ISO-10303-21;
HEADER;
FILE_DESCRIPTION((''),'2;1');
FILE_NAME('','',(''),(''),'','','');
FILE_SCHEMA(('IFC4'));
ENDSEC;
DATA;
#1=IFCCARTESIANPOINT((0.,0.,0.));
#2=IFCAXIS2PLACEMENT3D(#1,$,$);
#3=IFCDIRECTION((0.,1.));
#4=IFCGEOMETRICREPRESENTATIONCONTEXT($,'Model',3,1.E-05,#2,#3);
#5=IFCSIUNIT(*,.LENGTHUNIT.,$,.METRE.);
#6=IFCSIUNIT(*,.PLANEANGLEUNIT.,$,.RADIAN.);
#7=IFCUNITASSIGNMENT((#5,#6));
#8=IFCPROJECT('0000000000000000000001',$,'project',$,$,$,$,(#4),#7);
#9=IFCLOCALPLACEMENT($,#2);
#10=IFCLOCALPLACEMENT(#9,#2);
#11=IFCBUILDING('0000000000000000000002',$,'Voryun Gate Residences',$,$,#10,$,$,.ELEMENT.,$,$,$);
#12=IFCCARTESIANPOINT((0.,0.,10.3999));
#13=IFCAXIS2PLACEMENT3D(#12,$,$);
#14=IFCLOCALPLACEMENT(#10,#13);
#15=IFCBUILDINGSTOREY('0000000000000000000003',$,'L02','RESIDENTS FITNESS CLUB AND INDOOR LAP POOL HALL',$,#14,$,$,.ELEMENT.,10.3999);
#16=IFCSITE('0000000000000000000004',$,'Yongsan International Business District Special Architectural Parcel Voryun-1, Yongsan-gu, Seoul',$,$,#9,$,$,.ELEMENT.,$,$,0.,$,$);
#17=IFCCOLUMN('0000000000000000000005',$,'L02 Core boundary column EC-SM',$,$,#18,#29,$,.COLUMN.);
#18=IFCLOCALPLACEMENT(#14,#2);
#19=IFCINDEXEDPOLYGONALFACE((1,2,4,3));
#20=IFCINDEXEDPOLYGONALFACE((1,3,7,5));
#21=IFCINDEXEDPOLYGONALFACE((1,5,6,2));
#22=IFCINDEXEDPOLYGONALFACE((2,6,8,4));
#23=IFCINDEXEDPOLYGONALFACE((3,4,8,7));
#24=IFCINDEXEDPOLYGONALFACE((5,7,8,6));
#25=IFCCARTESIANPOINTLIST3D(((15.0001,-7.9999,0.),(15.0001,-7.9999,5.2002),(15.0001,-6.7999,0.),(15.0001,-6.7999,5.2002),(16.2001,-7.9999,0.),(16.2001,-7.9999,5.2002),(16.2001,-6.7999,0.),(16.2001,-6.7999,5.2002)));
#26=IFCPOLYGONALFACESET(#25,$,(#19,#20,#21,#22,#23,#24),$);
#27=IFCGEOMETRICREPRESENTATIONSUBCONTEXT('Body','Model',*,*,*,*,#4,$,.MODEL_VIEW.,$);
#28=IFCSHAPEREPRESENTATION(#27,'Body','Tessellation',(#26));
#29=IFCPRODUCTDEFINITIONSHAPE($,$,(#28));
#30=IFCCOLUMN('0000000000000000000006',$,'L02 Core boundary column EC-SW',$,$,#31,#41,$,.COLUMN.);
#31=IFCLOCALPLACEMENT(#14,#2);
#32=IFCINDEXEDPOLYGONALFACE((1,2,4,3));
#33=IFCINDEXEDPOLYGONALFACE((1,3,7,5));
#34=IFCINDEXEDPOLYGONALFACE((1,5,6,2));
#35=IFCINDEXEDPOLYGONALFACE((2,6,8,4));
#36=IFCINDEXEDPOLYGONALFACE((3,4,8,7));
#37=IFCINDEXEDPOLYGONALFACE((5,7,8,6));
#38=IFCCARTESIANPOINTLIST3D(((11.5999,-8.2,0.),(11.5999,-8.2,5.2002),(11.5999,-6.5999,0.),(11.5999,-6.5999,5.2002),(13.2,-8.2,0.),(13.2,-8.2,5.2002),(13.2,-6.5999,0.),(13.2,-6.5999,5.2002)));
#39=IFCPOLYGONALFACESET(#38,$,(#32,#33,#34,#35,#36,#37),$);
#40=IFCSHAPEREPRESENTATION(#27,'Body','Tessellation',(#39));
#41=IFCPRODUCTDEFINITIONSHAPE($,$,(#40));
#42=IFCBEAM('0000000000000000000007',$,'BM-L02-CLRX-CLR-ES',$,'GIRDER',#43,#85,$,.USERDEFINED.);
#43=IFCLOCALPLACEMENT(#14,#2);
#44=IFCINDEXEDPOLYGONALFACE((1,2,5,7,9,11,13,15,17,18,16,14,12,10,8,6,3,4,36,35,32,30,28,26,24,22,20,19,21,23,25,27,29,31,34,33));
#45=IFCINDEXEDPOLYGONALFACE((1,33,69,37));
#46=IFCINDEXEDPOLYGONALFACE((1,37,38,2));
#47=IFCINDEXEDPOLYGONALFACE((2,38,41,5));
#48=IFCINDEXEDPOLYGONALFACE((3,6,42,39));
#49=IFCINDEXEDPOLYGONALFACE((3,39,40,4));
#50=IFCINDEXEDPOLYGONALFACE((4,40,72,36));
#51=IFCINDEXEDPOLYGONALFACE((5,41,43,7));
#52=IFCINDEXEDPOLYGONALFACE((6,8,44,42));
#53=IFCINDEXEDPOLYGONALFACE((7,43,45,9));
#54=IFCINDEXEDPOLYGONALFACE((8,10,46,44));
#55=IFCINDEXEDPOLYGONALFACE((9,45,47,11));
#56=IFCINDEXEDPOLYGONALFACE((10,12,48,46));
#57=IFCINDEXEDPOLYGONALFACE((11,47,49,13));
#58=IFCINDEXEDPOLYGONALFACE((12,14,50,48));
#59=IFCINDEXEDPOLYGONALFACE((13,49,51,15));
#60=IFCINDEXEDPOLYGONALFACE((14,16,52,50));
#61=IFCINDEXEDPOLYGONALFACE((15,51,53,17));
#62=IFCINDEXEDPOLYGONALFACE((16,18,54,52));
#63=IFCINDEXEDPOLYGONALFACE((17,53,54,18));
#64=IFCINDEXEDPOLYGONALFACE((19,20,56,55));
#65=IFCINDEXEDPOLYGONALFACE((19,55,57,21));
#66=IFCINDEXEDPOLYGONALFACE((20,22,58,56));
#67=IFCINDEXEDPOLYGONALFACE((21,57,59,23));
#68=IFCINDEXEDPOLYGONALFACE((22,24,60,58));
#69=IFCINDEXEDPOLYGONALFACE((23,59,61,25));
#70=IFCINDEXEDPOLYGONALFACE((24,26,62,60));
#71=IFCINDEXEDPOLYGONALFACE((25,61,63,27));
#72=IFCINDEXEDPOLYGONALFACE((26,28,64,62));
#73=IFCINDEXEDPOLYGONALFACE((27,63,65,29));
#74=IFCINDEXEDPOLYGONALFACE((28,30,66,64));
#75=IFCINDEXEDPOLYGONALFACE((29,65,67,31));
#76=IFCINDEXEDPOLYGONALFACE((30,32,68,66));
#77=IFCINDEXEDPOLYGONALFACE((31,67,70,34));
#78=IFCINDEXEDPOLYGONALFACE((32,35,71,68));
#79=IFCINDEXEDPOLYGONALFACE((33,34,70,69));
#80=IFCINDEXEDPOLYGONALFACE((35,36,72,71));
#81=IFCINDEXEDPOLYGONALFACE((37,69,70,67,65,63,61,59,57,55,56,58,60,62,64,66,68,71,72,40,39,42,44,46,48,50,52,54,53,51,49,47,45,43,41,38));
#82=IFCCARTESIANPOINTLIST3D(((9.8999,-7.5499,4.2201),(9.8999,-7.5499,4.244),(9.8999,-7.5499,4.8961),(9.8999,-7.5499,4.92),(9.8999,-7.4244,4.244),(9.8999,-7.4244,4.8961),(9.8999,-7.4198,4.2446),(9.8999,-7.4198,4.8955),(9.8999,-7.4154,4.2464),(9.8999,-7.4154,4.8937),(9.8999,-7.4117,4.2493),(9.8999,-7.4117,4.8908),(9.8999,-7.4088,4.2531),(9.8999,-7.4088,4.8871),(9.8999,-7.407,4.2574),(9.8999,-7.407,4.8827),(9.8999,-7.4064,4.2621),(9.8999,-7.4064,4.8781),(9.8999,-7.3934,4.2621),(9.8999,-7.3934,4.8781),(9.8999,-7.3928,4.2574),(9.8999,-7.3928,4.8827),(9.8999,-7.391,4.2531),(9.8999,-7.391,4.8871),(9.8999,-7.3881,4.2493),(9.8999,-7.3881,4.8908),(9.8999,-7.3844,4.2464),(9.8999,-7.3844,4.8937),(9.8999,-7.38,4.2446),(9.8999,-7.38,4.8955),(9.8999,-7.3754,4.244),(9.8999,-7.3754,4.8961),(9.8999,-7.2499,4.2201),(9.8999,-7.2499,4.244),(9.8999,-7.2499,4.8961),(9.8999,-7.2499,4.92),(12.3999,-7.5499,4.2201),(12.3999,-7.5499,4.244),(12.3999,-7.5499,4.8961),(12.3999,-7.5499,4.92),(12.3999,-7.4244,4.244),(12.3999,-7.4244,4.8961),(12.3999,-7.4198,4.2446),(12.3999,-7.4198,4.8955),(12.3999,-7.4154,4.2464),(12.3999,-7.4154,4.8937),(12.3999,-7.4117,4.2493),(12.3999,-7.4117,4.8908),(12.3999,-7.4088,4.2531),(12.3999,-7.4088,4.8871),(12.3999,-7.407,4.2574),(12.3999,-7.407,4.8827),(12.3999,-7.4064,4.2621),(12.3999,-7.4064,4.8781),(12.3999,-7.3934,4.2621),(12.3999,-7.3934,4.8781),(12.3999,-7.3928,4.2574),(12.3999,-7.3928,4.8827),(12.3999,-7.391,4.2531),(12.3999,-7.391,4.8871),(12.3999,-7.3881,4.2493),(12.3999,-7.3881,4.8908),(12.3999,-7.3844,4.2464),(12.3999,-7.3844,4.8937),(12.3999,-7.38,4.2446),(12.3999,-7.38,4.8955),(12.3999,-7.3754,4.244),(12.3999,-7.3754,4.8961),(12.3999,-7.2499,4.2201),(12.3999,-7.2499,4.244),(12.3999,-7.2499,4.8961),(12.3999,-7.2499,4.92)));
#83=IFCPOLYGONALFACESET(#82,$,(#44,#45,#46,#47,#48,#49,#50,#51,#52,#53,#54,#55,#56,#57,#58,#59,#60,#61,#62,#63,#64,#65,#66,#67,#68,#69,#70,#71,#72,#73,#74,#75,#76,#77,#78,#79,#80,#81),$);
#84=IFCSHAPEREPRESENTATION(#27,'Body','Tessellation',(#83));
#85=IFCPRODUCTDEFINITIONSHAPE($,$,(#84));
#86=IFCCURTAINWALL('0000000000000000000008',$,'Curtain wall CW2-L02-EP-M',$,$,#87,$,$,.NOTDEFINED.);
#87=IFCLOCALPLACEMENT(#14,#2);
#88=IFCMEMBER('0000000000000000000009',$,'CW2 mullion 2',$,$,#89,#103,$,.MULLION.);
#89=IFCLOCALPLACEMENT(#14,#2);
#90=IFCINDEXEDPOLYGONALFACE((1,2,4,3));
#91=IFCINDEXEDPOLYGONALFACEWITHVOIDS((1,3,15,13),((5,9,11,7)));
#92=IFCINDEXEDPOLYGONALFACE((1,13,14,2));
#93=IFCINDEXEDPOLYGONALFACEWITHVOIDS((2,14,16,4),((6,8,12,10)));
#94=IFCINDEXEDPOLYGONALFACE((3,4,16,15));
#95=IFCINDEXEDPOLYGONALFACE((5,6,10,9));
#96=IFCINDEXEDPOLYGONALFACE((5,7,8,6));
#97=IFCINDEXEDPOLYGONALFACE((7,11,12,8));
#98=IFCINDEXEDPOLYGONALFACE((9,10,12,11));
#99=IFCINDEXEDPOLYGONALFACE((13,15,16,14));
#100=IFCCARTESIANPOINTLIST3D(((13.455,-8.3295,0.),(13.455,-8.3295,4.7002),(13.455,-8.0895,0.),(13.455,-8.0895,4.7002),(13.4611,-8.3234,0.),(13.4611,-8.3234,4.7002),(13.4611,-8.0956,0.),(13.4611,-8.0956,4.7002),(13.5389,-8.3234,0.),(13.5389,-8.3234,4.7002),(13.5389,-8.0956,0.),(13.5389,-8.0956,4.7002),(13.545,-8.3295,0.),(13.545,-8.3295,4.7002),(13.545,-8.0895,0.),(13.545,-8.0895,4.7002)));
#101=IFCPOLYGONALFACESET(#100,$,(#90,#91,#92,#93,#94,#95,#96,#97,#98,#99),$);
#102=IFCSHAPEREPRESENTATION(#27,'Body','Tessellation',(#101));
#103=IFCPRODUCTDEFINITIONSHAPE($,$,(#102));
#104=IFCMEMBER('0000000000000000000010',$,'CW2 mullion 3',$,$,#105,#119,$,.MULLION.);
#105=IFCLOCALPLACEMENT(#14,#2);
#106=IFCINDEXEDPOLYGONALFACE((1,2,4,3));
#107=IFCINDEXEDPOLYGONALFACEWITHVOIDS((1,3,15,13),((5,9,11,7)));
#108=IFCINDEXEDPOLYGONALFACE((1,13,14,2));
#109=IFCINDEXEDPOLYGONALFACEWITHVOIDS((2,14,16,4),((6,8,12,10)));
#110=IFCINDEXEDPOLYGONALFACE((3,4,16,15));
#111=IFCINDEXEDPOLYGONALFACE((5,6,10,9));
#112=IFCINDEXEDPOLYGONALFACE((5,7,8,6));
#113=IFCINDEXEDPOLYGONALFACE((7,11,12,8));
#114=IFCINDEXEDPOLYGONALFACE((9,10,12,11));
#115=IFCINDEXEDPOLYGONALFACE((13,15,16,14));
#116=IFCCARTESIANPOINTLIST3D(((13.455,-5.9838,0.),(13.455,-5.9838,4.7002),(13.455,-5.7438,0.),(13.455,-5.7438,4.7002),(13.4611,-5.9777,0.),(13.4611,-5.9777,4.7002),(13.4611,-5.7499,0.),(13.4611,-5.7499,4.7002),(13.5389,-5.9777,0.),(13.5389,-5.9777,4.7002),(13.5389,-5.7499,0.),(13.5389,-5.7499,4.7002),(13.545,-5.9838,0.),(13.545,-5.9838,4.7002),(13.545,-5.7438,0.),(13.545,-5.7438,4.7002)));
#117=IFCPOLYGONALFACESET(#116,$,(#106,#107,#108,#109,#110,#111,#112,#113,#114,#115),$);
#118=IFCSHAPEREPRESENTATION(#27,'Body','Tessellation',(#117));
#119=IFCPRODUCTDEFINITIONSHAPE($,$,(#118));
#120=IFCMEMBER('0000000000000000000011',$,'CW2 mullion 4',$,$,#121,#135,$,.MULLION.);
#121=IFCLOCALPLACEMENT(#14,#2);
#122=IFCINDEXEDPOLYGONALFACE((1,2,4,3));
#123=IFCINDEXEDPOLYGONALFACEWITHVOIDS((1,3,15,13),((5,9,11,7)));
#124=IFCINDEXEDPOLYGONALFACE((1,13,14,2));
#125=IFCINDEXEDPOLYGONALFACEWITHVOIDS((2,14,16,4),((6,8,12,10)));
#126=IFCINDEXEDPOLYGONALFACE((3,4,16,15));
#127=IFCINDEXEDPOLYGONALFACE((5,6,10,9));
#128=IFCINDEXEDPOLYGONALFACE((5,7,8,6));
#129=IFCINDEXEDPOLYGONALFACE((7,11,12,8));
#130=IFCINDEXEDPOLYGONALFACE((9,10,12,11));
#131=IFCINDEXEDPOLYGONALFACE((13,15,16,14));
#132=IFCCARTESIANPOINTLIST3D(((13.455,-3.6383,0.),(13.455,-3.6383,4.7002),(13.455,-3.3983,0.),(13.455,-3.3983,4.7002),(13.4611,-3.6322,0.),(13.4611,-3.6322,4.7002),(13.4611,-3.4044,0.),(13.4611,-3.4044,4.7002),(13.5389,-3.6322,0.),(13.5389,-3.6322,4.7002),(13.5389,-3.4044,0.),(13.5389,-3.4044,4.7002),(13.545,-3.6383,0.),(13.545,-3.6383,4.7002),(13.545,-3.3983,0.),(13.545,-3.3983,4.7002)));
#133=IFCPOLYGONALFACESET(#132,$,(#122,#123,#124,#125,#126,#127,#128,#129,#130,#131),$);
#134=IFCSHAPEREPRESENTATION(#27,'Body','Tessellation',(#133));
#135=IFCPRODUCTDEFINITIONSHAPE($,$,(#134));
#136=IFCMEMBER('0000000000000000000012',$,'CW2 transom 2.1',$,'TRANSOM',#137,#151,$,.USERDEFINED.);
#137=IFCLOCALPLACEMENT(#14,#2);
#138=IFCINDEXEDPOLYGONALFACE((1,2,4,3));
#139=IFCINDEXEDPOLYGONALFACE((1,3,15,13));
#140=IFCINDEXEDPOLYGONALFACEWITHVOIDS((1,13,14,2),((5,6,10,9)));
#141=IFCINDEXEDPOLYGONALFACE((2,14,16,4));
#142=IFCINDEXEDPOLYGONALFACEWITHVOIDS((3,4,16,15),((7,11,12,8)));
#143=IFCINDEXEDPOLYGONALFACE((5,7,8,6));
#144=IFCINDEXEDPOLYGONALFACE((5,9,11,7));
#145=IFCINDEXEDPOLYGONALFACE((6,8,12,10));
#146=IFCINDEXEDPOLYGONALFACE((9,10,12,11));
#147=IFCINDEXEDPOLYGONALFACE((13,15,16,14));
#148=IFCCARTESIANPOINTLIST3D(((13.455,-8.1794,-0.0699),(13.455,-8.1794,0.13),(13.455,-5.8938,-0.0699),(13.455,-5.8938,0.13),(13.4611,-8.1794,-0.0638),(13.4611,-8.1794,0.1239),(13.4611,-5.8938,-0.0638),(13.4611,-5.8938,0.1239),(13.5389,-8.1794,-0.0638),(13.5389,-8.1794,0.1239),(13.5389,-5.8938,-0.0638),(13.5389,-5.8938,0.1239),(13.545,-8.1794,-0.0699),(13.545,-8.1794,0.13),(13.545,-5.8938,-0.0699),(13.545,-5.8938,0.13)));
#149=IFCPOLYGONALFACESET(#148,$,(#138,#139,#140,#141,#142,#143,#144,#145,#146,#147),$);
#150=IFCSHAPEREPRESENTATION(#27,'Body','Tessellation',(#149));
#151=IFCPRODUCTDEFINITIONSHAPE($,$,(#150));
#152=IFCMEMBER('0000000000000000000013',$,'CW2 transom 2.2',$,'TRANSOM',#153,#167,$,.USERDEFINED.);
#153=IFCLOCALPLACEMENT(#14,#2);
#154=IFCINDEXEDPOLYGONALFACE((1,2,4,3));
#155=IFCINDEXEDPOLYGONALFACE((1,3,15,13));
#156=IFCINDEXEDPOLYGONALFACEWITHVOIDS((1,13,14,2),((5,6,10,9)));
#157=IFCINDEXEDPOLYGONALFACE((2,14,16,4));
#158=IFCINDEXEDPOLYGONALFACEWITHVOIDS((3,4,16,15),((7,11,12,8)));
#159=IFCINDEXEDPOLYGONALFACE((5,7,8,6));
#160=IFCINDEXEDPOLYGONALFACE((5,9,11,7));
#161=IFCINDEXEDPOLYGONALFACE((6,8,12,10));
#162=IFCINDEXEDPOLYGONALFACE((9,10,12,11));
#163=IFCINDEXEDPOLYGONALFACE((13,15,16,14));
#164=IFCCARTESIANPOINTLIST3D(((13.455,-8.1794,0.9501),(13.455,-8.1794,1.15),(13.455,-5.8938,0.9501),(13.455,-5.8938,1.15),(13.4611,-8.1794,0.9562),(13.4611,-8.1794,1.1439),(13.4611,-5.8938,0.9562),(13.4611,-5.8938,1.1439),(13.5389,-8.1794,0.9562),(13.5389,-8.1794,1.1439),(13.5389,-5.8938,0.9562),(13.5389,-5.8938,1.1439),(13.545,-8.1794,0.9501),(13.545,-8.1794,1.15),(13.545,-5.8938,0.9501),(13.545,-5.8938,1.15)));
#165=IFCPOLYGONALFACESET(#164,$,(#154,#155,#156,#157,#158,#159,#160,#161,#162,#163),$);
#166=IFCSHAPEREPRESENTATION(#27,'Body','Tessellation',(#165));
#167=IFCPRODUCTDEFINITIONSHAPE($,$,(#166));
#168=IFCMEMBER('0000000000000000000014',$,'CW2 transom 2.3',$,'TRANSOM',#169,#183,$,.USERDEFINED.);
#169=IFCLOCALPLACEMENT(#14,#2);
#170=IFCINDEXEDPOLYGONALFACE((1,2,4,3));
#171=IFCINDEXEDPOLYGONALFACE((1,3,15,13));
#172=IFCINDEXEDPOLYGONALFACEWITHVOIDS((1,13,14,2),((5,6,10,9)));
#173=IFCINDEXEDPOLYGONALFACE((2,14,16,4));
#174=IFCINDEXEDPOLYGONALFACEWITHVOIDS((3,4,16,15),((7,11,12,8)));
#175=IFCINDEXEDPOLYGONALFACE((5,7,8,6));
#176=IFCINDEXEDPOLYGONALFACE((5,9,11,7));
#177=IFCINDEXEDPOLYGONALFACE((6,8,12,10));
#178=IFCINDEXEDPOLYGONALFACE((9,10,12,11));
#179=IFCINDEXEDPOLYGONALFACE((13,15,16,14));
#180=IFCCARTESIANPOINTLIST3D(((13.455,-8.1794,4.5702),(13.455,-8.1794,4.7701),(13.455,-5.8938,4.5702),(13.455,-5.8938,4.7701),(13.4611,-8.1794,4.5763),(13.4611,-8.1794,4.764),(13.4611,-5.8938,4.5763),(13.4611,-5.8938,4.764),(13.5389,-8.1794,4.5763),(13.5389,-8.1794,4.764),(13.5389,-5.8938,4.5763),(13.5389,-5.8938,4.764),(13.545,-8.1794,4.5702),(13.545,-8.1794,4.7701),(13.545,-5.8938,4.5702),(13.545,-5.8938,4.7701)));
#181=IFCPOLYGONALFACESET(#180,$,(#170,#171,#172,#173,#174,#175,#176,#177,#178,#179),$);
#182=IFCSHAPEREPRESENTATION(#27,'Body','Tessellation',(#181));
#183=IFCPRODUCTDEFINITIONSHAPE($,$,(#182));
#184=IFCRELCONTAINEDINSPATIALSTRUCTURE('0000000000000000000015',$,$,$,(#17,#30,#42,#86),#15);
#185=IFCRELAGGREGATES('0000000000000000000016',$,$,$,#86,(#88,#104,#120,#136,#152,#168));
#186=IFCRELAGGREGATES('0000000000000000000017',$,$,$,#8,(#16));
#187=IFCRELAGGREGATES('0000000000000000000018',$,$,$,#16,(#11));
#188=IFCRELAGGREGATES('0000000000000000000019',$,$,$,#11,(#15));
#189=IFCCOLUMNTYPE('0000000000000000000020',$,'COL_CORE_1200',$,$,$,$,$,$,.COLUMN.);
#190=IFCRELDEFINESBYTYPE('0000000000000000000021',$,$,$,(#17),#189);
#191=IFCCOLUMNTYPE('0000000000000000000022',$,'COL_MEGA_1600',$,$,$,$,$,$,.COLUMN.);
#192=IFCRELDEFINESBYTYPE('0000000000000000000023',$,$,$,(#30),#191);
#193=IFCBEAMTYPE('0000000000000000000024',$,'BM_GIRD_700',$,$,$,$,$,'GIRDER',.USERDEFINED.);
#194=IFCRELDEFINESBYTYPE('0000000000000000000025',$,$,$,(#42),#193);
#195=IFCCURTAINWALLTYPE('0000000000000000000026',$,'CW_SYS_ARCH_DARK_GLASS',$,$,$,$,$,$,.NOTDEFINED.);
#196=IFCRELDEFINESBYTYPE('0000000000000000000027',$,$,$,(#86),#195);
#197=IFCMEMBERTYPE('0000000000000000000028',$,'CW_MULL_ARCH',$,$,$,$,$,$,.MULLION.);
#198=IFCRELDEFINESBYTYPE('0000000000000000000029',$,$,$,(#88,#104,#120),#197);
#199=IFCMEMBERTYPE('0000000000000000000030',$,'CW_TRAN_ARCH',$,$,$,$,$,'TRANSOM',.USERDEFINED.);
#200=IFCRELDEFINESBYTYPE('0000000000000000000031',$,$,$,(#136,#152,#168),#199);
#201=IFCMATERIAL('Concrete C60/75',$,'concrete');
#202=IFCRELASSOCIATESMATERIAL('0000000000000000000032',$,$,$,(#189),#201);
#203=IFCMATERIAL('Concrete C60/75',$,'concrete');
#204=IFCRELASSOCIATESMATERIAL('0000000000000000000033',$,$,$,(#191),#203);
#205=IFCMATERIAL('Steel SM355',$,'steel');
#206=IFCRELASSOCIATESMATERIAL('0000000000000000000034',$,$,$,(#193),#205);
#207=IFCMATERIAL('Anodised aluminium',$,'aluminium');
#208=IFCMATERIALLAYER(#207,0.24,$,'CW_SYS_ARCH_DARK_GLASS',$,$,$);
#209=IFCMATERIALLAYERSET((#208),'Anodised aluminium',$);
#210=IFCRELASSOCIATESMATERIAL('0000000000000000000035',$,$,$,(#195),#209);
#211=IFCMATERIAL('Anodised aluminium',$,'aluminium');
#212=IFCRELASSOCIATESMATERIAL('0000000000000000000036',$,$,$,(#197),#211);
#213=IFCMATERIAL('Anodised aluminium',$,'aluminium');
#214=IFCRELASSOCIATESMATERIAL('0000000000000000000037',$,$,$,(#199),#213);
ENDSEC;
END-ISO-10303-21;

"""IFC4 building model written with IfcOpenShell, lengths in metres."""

from ifc_helpers import new_model, si_unit, direction, frame, origin, origin_2d, place, context, subcontext, project, spatial, rectangle, hollow_rectangle, i_section, extrude, material, layer, layer_set, material_profile, profile_set, type_object, element, aggregate, save


model = new_model("IFC4")

# Units and contexts
model_context = context("Model", 3, precision=1e-05, world=origin(), true_north=direction((0.0, 1.0)))
body_context = subcontext(model_context, "Body", "Model", "MODEL_VIEW")
ifc_project = project(units=[si_unit("LENGTHUNIT", "METRE"), si_unit("PLANEANGLEUNIT", "RADIAN")], contexts=[model_context])

# Site, building, storey
site_placement = place(None, origin())
site = spatial("IfcSite", under=ifc_project, at=site_placement, Name="Yongsan International Business District Special Architectural Parcel Voryun-1, Yongsan-gu, Seoul", CompositionType="ELEMENT", RefElevation=0.0)
building_placement = place(site_placement, origin())
building = spatial("IfcBuilding", under=site, at=building_placement, Name="Voryun Gate Residences", CompositionType="ELEMENT")
storey_placement = place(building_placement, frame((0.0, 0.0, 10.3999)))
storey = spatial("IfcBuildingStorey", under=building, at=storey_placement, Name="L02", Description="RESIDENTS FITNESS CLUB AND INDOOR LAP POOL HALL", CompositionType="ELEMENT", Elevation=10.3999)

# Columns
ifc_material_1 = material(Name="Concrete C60/75", Category="concrete")
ifc_material_profile_1 = material_profile(ifc_material_1, rectangle(XDim=1.2, YDim=1.2, at=origin_2d()), Name="RC-1200x1200")
ifc_profile_set_1 = profile_set([ifc_material_profile_1], Name="Concrete C60/75")
column_type_1 = type_object("IfcColumnType", Name="COL_CORE_1200", PredefinedType="COLUMN", material=ifc_profile_set_1)
column_1_placement = place(storey_placement, frame((15.6001, -7.3999, 0.0), z_axis=(0.0, 0.0, 1.0), x_axis=(1.0, 0.0, 0.0)))
element("IfcColumn", 1, at=column_1_placement, inside=storey, type_object=column_type_1, Name="L02 Core boundary column EC-SM", PredefinedType="COLUMN", context=body_context, shape_type="SweptSolid", body=[
    extrude(rectangle(XDim=1.2, YDim=1.2, at=origin_2d()), origin(), (0.0, 0.0, 1.0), 5.2002),
])
ifc_material_2 = material(Name="Concrete C60/75", Category="concrete")
ifc_material_profile_2 = material_profile(ifc_material_2, rectangle(XDim=1.6001, YDim=1.6001, at=origin_2d()), Name="RC-1600x1600")
ifc_profile_set_2 = profile_set([ifc_material_profile_2], Name="Concrete C60/75")
column_type_2 = type_object("IfcColumnType", Name="COL_MEGA_1600", PredefinedType="COLUMN", material=ifc_profile_set_2)
column_2_placement = place(storey_placement, frame((12.3999, -7.3999, 0.0), z_axis=(0.0, 0.0, 1.0), x_axis=(1.0, 0.0, 0.0)))
element("IfcColumn", 2, at=column_2_placement, inside=storey, type_object=column_type_2, Name="L02 Core boundary column EC-SW", PredefinedType="COLUMN", context=body_context, shape_type="SweptSolid", body=[
    extrude(rectangle(XDim=1.6001, YDim=1.6001, at=origin_2d()), origin(), (0.0, 0.0, 1.0), 5.2002),
])

# Beam
ifc_material_3 = material(Name="Steel SM355", Category="steel")
ifc_material_profile_3 = material_profile(ifc_material_3, i_section(OverallWidth=0.3, OverallDepth=0.7, WebThickness=0.0129, FlangeThickness=0.0239, FilletRadius=0.0181, at=origin_2d()), Name="H-700x300x13x24")
ifc_profile_set_3 = profile_set([ifc_material_profile_3], Name="Steel SM355")
beam_type = type_object("IfcBeamType", Name="BM_GIRD_700", ElementType="GIRDER", PredefinedType="USERDEFINED", material=ifc_profile_set_3)
beam_placement = place(storey_placement, frame((12.3999, -7.3999, 4.5701), z_axis=(-1.0, 0.0, 0.0), x_axis=(0.0, -1.0, 0.0)))
element("IfcBeam", 3, at=beam_placement, inside=storey, type_object=beam_type, Name="BM-L02-CLRX-CLR-ES", ObjectType="GIRDER", PredefinedType="USERDEFINED", context=body_context, shape_type="SweptSolid", body=[
    extrude(i_section(OverallWidth=0.3, OverallDepth=0.7, WebThickness=0.0129, FlangeThickness=0.0239, FilletRadius=0.0181, at=origin_2d()), origin(), (0.0, 0.0, 1.0), 2.5),
])

# Curtain wall, members
ifc_material_4 = material(Name="Anodised aluminium", Category="aluminium")
ifc_layer_1 = layer(ifc_material_4, 0.24, Name="CW_SYS_ARCH_DARK_GLASS")
ifc_layer_set_1 = layer_set([ifc_layer_1], Name="Anodised aluminium")
curtain_wall_type = type_object("IfcCurtainWallType", Name="CW_SYS_ARCH_DARK_GLASS", PredefinedType="NOTDEFINED", material=ifc_layer_set_1)
curtain_wall_placement = place(storey_placement, origin())
curtain_wall = element("IfcCurtainWall", 4, at=curtain_wall_placement, inside=storey, type_object=curtain_wall_type, Name="Curtain wall CW2-L02-EP-M", PredefinedType="NOTDEFINED")
ifc_material_5 = material(Name="Anodised aluminium", Category="aluminium")
ifc_material_profile_4 = material_profile(ifc_material_5, hollow_rectangle(XDim=0.0901, YDim=0.24, WallThickness=0.0061, at=origin_2d()), Name="ALU-MULL-240x90x6")
ifc_profile_set_4 = profile_set([ifc_material_profile_4], Name="Anodised aluminium")
member_type_1 = type_object("IfcMemberType", Name="CW_MULL_ARCH", PredefinedType="MULLION", material=ifc_profile_set_4)
member_1_placement = place(storey_placement, frame((13.5, -8.2095, 0.0), z_axis=(0.0, 0.0, 1.0), x_axis=(-1.0, 0.0, 0.0)))
member_1 = element("IfcMember", 5, at=member_1_placement, type_object=member_type_1, Name="CW2 mullion 2", PredefinedType="MULLION", context=body_context, shape_type="SweptSolid", body=[
    extrude(hollow_rectangle(XDim=0.0901, YDim=0.24, WallThickness=0.0061, at=origin_2d()), origin(), (0.0, 0.0, 1.0), 4.7002),
])
member_2_placement = place(storey_placement, frame((13.5, -5.8638, 0.0), z_axis=(0.0, 0.0, 1.0), x_axis=(-1.0, 0.0, 0.0)))
member_2 = element("IfcMember", 6, at=member_2_placement, type_object=member_type_1, Name="CW2 mullion 3", PredefinedType="MULLION", context=body_context, shape_type="SweptSolid", body=[
    extrude(hollow_rectangle(XDim=0.0901, YDim=0.24, WallThickness=0.0061, at=origin_2d()), origin(), (0.0, 0.0, 1.0), 4.7002),
])
member_3_placement = place(storey_placement, frame((13.5, -3.5183, 0.0), z_axis=(0.0, 0.0, 1.0), x_axis=(-1.0, 0.0, 0.0)))
member_3 = element("IfcMember", 7, at=member_3_placement, type_object=member_type_1, Name="CW2 mullion 4", PredefinedType="MULLION", context=body_context, shape_type="SweptSolid", body=[
    extrude(hollow_rectangle(XDim=0.0901, YDim=0.24, WallThickness=0.0061, at=origin_2d()), origin(), (0.0, 0.0, 1.0), 4.7002),
])
ifc_material_6 = material(Name="Anodised aluminium", Category="aluminium")
ifc_material_profile_5 = material_profile(ifc_material_6, hollow_rectangle(XDim=0.0901, YDim=0.2, WallThickness=0.0061, at=origin_2d()), Name="ALU-TRAN-200x90x6")
ifc_profile_set_5 = profile_set([ifc_material_profile_5], Name="Anodised aluminium")
member_type_2 = type_object("IfcMemberType", Name="CW_TRAN_ARCH", ElementType="TRANSOM", PredefinedType="USERDEFINED", material=ifc_profile_set_5)
member_4_placement = place(storey_placement, frame((13.5, -8.1794, 0.03), z_axis=(0.0, 1.0, 0.0), x_axis=(-1.0, 0.0, 0.0)))
member_4 = element("IfcMember", 8, at=member_4_placement, type_object=member_type_2, Name="CW2 transom 2.1", ObjectType="TRANSOM", PredefinedType="USERDEFINED", context=body_context, shape_type="SweptSolid", body=[
    extrude(hollow_rectangle(XDim=0.0901, YDim=0.2, WallThickness=0.0061, at=origin_2d()), origin(), (0.0, 0.0, 1.0), 2.2856),
])
member_5_placement = place(storey_placement, frame((13.5, -8.1794, 1.05), z_axis=(0.0, 1.0, 0.0), x_axis=(-1.0, 0.0, 0.0)))
member_5 = element("IfcMember", 9, at=member_5_placement, type_object=member_type_2, Name="CW2 transom 2.2", ObjectType="TRANSOM", PredefinedType="USERDEFINED", context=body_context, shape_type="SweptSolid", body=[
    extrude(hollow_rectangle(XDim=0.0901, YDim=0.2, WallThickness=0.0061, at=origin_2d()), origin(), (0.0, 0.0, 1.0), 2.2856),
])
member_6_placement = place(storey_placement, frame((13.5, -8.1794, 4.6702), z_axis=(0.0, 1.0, 0.0), x_axis=(-1.0, 0.0, 0.0)))
member_6 = element("IfcMember", 10, at=member_6_placement, type_object=member_type_2, Name="CW2 transom 2.3", ObjectType="TRANSOM", PredefinedType="USERDEFINED", context=body_context, shape_type="SweptSolid", body=[
    extrude(hollow_rectangle(XDim=0.0901, YDim=0.2, WallThickness=0.0061, at=origin_2d()), origin(), (0.0, 0.0, 1.0), 2.2856),
])
aggregate(curtain_wall, [member_1, member_2, member_3, member_4, member_5, member_6])

save(model, "model.ifc")
